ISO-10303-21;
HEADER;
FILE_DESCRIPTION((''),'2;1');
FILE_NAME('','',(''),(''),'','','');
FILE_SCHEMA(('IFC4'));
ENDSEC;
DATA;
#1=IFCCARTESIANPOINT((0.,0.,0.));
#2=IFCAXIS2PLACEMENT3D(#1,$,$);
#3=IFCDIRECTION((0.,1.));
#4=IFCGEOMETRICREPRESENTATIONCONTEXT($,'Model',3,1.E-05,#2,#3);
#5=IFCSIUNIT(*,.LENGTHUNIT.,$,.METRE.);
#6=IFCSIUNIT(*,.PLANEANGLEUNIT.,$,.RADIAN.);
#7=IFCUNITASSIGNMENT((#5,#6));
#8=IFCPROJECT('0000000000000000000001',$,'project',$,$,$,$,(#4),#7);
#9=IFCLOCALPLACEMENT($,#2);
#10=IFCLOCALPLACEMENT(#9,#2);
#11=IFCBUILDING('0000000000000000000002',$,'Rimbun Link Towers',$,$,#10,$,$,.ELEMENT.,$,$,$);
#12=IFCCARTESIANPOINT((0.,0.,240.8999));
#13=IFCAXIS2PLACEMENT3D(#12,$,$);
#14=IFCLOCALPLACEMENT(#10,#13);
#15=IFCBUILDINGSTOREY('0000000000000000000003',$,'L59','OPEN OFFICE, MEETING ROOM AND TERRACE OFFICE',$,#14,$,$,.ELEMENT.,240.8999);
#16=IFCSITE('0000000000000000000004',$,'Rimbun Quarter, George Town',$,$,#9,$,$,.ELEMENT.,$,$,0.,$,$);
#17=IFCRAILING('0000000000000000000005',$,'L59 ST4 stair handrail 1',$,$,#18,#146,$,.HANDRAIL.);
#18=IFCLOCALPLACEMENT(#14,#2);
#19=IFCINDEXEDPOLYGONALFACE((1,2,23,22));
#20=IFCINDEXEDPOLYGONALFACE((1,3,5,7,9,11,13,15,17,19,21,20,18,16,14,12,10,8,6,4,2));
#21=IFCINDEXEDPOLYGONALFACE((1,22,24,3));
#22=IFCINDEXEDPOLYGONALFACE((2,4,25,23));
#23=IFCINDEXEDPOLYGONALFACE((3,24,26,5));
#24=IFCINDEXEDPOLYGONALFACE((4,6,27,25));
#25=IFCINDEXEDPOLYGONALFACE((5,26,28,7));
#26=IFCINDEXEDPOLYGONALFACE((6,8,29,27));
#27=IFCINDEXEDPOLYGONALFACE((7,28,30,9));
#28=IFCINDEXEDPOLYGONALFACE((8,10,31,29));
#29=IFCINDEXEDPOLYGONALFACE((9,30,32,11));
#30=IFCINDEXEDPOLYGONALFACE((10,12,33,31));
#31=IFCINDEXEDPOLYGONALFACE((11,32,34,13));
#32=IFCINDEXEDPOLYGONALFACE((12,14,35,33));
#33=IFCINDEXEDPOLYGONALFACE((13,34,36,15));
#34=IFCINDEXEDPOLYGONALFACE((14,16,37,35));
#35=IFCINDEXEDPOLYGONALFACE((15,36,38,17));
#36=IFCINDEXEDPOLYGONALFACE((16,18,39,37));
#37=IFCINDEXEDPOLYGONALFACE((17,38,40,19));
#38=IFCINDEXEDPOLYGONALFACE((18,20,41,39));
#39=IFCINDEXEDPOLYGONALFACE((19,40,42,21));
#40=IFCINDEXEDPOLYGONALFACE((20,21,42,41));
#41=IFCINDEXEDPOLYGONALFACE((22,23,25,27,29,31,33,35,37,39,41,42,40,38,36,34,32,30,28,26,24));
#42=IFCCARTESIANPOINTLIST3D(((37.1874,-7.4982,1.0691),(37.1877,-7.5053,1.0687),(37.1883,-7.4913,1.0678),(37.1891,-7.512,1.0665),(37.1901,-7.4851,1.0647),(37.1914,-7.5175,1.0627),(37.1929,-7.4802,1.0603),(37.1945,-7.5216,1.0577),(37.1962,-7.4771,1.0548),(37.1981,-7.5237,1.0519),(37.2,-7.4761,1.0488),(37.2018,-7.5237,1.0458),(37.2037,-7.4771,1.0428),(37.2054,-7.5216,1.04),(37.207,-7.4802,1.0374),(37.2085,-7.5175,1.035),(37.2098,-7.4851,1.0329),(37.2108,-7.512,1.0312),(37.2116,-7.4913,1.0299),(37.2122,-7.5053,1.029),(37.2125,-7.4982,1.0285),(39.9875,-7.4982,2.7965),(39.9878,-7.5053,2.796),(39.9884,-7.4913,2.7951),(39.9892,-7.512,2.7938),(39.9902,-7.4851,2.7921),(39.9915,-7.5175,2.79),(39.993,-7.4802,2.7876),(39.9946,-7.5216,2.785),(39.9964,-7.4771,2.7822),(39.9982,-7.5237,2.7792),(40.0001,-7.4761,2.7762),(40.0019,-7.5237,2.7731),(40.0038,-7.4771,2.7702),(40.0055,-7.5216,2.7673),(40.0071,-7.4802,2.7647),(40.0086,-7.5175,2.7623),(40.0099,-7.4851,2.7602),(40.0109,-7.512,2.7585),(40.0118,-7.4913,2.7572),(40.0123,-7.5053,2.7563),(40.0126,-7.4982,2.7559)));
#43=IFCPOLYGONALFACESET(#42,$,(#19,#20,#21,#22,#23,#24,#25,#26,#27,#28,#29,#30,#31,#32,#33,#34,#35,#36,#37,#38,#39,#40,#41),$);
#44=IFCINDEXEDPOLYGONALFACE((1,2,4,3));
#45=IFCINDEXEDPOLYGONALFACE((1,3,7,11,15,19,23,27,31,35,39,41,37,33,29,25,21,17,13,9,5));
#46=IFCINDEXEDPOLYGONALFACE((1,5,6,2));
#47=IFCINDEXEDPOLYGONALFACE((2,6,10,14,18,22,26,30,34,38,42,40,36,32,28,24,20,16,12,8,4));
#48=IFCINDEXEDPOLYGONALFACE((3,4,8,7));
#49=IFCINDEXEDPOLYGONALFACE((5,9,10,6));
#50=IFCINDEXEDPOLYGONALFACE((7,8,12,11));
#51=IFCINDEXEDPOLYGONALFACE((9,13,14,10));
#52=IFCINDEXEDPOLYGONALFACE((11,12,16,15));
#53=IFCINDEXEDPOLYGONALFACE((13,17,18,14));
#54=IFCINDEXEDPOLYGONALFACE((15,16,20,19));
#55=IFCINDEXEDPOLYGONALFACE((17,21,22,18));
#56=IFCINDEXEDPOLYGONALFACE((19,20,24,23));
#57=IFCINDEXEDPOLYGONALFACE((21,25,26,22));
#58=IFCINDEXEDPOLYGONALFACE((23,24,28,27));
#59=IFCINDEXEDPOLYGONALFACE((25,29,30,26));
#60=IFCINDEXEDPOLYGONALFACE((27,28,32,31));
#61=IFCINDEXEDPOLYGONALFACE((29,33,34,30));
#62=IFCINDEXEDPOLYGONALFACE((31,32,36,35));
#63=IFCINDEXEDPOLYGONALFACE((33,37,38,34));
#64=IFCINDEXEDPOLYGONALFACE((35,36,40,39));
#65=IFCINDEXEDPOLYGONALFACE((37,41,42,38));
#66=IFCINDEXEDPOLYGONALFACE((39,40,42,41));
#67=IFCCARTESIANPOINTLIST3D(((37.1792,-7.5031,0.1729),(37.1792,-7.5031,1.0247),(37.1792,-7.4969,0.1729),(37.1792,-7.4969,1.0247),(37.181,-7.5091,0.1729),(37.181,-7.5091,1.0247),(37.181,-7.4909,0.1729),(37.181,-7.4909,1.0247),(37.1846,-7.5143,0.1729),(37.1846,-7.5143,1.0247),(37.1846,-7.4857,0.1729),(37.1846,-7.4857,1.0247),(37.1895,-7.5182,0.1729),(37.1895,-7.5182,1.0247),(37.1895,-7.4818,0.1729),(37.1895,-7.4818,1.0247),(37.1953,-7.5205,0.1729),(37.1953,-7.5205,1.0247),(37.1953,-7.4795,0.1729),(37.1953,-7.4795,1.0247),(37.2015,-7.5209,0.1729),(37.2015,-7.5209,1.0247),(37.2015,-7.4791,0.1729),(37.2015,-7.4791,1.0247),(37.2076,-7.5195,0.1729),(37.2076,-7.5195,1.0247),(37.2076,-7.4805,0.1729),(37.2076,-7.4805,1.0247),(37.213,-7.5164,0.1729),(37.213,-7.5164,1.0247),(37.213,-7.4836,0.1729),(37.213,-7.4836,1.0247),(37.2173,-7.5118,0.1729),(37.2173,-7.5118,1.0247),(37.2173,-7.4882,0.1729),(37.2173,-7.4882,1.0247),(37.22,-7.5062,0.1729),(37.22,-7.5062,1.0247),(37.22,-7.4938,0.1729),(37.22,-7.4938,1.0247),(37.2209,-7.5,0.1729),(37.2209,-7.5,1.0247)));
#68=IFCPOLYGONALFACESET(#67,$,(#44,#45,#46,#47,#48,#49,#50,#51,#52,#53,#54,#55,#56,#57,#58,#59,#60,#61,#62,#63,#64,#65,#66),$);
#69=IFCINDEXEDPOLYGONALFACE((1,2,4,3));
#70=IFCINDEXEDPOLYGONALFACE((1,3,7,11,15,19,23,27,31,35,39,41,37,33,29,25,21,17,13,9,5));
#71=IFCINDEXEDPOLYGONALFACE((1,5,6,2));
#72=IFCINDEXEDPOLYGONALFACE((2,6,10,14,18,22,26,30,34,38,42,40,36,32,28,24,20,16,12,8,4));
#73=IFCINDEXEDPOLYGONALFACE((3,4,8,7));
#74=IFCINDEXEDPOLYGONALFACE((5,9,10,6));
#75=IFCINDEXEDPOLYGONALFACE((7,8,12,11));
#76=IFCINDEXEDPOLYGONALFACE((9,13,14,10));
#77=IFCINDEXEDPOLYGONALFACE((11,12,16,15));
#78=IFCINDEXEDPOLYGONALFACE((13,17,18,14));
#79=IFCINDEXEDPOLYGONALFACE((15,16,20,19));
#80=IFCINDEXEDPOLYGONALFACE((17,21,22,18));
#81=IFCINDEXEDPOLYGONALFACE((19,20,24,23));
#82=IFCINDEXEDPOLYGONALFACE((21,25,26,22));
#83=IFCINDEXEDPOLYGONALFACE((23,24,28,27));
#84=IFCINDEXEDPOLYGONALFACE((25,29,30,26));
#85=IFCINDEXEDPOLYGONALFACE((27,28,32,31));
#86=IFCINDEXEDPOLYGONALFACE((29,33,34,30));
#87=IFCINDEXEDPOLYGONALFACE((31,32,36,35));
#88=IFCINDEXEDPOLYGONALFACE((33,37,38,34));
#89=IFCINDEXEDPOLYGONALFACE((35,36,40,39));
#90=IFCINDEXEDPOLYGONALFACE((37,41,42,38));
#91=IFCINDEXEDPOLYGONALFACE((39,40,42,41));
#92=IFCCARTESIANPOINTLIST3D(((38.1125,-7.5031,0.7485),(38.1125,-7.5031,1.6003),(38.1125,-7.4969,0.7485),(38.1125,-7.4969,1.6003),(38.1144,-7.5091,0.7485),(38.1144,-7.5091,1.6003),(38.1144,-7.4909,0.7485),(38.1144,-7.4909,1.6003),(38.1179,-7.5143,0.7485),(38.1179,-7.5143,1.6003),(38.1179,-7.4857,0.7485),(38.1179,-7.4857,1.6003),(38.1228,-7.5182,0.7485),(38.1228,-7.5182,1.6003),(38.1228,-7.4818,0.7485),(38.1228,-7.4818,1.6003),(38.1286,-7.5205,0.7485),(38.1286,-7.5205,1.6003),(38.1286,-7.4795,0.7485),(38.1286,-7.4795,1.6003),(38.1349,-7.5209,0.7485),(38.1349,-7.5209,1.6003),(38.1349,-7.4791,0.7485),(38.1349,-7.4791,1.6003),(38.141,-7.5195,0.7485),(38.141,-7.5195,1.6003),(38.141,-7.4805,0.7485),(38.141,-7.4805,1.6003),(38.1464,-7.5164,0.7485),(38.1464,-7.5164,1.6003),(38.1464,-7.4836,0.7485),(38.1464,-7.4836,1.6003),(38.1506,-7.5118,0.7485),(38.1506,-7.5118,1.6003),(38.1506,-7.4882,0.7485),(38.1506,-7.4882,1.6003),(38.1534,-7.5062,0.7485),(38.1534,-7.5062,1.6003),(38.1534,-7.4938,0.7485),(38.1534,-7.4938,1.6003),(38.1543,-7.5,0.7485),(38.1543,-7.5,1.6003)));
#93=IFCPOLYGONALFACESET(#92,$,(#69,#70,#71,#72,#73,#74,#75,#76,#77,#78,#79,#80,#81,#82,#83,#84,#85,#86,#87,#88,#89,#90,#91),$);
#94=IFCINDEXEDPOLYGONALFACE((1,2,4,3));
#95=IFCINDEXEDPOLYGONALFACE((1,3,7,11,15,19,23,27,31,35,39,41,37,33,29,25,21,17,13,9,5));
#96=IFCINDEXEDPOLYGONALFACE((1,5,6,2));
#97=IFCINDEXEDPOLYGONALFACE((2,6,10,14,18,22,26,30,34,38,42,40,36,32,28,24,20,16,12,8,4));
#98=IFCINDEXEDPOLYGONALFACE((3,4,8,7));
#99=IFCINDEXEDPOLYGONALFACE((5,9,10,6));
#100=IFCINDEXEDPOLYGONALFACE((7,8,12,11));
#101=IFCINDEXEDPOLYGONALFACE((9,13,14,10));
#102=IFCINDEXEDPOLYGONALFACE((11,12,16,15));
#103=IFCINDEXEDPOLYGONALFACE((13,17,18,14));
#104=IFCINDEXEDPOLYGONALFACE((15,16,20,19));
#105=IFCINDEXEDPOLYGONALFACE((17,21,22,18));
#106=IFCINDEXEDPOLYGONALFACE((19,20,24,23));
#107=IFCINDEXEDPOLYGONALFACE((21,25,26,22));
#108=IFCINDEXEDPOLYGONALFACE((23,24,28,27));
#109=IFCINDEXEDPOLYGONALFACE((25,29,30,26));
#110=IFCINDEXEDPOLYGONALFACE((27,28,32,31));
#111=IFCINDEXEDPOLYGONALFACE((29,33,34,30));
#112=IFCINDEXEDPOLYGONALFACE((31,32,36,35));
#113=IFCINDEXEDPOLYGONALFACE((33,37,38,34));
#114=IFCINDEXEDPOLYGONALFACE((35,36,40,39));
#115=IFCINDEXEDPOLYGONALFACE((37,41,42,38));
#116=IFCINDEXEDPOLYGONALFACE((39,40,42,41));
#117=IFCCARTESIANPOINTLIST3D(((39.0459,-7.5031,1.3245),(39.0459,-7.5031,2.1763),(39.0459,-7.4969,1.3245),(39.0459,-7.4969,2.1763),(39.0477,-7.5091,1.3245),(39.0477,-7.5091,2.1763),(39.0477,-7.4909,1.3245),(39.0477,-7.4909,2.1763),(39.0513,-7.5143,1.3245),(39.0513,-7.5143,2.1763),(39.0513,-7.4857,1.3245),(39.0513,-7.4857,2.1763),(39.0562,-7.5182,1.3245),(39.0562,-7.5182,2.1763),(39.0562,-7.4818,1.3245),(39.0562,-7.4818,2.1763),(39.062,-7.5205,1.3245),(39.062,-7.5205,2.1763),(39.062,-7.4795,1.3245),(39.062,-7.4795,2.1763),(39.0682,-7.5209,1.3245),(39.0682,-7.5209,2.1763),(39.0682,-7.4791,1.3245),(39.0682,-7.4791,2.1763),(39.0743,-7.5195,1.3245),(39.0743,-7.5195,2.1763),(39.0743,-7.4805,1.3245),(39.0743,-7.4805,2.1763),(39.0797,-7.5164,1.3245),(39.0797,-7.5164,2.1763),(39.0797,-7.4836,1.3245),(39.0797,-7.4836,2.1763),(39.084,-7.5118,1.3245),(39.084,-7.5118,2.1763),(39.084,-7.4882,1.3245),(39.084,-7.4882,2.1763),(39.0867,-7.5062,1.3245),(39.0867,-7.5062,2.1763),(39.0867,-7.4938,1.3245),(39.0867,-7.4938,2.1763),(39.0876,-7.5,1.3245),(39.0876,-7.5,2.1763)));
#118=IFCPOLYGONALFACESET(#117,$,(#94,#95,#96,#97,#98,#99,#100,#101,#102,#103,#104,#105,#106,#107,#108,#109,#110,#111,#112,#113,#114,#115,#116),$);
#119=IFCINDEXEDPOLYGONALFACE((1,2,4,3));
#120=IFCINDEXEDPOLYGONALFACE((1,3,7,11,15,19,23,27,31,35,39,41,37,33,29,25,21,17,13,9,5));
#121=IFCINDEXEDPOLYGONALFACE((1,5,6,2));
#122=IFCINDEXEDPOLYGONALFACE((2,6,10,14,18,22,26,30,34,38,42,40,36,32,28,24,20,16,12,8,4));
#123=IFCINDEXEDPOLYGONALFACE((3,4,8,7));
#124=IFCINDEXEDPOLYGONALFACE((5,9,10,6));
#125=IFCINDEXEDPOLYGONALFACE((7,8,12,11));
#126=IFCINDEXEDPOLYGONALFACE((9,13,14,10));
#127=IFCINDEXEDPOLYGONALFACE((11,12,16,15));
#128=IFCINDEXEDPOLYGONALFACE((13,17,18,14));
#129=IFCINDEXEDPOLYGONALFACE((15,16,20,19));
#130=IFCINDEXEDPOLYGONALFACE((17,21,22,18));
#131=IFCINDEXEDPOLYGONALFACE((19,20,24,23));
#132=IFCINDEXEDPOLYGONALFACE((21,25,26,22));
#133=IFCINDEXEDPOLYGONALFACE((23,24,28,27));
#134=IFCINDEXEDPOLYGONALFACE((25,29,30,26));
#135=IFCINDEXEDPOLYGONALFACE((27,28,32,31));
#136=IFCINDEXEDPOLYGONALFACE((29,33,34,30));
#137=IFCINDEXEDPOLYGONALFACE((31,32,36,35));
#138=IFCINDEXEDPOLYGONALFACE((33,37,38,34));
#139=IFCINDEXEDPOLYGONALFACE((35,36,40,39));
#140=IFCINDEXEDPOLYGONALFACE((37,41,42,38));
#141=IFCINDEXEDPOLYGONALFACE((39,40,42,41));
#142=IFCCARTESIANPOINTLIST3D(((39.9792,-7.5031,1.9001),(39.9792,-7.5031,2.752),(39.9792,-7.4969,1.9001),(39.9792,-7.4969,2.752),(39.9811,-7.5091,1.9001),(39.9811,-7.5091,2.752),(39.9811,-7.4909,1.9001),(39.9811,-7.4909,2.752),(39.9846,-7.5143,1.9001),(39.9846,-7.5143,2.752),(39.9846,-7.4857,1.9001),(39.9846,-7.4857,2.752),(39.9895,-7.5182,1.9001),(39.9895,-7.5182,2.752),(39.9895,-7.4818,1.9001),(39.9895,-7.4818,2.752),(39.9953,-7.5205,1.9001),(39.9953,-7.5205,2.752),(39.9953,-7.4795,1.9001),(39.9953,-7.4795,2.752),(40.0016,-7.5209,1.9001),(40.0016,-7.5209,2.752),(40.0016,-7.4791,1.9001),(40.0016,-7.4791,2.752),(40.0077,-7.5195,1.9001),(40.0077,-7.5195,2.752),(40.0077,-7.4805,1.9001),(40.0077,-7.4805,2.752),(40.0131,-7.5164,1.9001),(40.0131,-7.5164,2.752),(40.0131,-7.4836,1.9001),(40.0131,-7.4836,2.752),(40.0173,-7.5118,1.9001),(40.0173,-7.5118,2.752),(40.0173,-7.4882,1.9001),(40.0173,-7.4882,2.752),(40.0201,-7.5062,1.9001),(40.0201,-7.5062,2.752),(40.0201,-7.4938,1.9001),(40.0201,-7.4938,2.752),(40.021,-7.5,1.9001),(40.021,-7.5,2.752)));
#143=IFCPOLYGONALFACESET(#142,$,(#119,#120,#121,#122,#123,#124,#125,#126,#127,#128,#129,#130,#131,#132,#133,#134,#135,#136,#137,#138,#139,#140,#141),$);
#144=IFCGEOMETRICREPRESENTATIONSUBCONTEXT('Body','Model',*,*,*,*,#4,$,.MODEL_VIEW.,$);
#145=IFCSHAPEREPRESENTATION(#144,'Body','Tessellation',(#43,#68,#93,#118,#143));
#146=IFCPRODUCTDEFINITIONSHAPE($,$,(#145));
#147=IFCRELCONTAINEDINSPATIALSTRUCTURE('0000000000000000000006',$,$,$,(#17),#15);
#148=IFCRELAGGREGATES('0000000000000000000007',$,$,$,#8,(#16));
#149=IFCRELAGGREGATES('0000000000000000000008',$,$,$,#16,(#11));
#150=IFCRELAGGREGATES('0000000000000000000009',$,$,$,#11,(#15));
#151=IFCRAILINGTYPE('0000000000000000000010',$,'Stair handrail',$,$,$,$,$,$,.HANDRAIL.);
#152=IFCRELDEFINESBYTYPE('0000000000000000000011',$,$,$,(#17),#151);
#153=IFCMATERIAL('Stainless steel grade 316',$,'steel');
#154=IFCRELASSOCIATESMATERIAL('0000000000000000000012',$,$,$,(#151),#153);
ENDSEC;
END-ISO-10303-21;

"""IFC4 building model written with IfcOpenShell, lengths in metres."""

from ifc_helpers import new_model, si_unit, direction, frame, origin, origin_2d, place, context, subcontext, project, spatial, circle, extrude, material, type_object, element, save


model = new_model("IFC4")

# Units and contexts
model_context = context("Model", 3, precision=1e-05, world=origin(), true_north=direction((0.0, 1.0)))
body_context = subcontext(model_context, "Body", "Model", "MODEL_VIEW")
ifc_project = project(units=[si_unit("LENGTHUNIT", "METRE"), si_unit("PLANEANGLEUNIT", "RADIAN")], contexts=[model_context])

# Site, building, storey
site_placement = place(None, origin())
site = spatial("IfcSite", under=ifc_project, at=site_placement, Name="Rimbun Quarter, George Town", CompositionType="ELEMENT", RefElevation=0.0)
building_placement = place(site_placement, origin())
building = spatial("IfcBuilding", under=site, at=building_placement, Name="Rimbun Link Towers", CompositionType="ELEMENT")
storey_placement = place(building_placement, frame((0.0, 0.0, 240.8999)))
storey = spatial("IfcBuildingStorey", under=building, at=storey_placement, Name="L59", Description="OPEN OFFICE, MEETING ROOM AND TERRACE OFFICE", CompositionType="ELEMENT", Elevation=240.8999)

# Railing
ifc_material_1 = material(Name="Stainless steel grade 316", Category="steel")
railing_type_1 = type_object("IfcRailingType", Name="Stair handrail", PredefinedType="HANDRAIL", material=ifc_material_1)
railing_1_placement = place(storey_placement, frame((37.2, -7.5, 0.1729)))
element("IfcRailing", 1, at=railing_1_placement, inside=storey, type_object=railing_type_1, Name="L59 ST4 stair handrail 1", PredefinedType="HANDRAIL", context=body_context, shape_type="SweptSolid", body=[
    extrude(circle(Radius=0.0239, at=origin_2d()), frame((0.0, 0.0, 0.876), z_axis=(0.85109, 0.0, 0.52502), x_axis=(0.0, 1.0, 0.0)), (0.0, 0.0, 1.0), 3.29),
    extrude(circle(Radius=0.021, at=origin_2d()), origin(), (0.0, 0.0, 1.0), 0.8518),
    extrude(circle(Radius=0.021, at=origin_2d()), frame((0.9333, 0.0, 0.5757)), (0.0, 0.0, 1.0), 0.8518),
    extrude(circle(Radius=0.021, at=origin_2d()), frame((1.8667, 0.0, 1.1516)), (0.0, 0.0, 1.0), 0.8518),
    extrude(circle(Radius=0.021, at=origin_2d()), frame((2.8, 0.0, 1.7273)), (0.0, 0.0, 1.0), 0.8518),
])

save(model, "model.ifc")
